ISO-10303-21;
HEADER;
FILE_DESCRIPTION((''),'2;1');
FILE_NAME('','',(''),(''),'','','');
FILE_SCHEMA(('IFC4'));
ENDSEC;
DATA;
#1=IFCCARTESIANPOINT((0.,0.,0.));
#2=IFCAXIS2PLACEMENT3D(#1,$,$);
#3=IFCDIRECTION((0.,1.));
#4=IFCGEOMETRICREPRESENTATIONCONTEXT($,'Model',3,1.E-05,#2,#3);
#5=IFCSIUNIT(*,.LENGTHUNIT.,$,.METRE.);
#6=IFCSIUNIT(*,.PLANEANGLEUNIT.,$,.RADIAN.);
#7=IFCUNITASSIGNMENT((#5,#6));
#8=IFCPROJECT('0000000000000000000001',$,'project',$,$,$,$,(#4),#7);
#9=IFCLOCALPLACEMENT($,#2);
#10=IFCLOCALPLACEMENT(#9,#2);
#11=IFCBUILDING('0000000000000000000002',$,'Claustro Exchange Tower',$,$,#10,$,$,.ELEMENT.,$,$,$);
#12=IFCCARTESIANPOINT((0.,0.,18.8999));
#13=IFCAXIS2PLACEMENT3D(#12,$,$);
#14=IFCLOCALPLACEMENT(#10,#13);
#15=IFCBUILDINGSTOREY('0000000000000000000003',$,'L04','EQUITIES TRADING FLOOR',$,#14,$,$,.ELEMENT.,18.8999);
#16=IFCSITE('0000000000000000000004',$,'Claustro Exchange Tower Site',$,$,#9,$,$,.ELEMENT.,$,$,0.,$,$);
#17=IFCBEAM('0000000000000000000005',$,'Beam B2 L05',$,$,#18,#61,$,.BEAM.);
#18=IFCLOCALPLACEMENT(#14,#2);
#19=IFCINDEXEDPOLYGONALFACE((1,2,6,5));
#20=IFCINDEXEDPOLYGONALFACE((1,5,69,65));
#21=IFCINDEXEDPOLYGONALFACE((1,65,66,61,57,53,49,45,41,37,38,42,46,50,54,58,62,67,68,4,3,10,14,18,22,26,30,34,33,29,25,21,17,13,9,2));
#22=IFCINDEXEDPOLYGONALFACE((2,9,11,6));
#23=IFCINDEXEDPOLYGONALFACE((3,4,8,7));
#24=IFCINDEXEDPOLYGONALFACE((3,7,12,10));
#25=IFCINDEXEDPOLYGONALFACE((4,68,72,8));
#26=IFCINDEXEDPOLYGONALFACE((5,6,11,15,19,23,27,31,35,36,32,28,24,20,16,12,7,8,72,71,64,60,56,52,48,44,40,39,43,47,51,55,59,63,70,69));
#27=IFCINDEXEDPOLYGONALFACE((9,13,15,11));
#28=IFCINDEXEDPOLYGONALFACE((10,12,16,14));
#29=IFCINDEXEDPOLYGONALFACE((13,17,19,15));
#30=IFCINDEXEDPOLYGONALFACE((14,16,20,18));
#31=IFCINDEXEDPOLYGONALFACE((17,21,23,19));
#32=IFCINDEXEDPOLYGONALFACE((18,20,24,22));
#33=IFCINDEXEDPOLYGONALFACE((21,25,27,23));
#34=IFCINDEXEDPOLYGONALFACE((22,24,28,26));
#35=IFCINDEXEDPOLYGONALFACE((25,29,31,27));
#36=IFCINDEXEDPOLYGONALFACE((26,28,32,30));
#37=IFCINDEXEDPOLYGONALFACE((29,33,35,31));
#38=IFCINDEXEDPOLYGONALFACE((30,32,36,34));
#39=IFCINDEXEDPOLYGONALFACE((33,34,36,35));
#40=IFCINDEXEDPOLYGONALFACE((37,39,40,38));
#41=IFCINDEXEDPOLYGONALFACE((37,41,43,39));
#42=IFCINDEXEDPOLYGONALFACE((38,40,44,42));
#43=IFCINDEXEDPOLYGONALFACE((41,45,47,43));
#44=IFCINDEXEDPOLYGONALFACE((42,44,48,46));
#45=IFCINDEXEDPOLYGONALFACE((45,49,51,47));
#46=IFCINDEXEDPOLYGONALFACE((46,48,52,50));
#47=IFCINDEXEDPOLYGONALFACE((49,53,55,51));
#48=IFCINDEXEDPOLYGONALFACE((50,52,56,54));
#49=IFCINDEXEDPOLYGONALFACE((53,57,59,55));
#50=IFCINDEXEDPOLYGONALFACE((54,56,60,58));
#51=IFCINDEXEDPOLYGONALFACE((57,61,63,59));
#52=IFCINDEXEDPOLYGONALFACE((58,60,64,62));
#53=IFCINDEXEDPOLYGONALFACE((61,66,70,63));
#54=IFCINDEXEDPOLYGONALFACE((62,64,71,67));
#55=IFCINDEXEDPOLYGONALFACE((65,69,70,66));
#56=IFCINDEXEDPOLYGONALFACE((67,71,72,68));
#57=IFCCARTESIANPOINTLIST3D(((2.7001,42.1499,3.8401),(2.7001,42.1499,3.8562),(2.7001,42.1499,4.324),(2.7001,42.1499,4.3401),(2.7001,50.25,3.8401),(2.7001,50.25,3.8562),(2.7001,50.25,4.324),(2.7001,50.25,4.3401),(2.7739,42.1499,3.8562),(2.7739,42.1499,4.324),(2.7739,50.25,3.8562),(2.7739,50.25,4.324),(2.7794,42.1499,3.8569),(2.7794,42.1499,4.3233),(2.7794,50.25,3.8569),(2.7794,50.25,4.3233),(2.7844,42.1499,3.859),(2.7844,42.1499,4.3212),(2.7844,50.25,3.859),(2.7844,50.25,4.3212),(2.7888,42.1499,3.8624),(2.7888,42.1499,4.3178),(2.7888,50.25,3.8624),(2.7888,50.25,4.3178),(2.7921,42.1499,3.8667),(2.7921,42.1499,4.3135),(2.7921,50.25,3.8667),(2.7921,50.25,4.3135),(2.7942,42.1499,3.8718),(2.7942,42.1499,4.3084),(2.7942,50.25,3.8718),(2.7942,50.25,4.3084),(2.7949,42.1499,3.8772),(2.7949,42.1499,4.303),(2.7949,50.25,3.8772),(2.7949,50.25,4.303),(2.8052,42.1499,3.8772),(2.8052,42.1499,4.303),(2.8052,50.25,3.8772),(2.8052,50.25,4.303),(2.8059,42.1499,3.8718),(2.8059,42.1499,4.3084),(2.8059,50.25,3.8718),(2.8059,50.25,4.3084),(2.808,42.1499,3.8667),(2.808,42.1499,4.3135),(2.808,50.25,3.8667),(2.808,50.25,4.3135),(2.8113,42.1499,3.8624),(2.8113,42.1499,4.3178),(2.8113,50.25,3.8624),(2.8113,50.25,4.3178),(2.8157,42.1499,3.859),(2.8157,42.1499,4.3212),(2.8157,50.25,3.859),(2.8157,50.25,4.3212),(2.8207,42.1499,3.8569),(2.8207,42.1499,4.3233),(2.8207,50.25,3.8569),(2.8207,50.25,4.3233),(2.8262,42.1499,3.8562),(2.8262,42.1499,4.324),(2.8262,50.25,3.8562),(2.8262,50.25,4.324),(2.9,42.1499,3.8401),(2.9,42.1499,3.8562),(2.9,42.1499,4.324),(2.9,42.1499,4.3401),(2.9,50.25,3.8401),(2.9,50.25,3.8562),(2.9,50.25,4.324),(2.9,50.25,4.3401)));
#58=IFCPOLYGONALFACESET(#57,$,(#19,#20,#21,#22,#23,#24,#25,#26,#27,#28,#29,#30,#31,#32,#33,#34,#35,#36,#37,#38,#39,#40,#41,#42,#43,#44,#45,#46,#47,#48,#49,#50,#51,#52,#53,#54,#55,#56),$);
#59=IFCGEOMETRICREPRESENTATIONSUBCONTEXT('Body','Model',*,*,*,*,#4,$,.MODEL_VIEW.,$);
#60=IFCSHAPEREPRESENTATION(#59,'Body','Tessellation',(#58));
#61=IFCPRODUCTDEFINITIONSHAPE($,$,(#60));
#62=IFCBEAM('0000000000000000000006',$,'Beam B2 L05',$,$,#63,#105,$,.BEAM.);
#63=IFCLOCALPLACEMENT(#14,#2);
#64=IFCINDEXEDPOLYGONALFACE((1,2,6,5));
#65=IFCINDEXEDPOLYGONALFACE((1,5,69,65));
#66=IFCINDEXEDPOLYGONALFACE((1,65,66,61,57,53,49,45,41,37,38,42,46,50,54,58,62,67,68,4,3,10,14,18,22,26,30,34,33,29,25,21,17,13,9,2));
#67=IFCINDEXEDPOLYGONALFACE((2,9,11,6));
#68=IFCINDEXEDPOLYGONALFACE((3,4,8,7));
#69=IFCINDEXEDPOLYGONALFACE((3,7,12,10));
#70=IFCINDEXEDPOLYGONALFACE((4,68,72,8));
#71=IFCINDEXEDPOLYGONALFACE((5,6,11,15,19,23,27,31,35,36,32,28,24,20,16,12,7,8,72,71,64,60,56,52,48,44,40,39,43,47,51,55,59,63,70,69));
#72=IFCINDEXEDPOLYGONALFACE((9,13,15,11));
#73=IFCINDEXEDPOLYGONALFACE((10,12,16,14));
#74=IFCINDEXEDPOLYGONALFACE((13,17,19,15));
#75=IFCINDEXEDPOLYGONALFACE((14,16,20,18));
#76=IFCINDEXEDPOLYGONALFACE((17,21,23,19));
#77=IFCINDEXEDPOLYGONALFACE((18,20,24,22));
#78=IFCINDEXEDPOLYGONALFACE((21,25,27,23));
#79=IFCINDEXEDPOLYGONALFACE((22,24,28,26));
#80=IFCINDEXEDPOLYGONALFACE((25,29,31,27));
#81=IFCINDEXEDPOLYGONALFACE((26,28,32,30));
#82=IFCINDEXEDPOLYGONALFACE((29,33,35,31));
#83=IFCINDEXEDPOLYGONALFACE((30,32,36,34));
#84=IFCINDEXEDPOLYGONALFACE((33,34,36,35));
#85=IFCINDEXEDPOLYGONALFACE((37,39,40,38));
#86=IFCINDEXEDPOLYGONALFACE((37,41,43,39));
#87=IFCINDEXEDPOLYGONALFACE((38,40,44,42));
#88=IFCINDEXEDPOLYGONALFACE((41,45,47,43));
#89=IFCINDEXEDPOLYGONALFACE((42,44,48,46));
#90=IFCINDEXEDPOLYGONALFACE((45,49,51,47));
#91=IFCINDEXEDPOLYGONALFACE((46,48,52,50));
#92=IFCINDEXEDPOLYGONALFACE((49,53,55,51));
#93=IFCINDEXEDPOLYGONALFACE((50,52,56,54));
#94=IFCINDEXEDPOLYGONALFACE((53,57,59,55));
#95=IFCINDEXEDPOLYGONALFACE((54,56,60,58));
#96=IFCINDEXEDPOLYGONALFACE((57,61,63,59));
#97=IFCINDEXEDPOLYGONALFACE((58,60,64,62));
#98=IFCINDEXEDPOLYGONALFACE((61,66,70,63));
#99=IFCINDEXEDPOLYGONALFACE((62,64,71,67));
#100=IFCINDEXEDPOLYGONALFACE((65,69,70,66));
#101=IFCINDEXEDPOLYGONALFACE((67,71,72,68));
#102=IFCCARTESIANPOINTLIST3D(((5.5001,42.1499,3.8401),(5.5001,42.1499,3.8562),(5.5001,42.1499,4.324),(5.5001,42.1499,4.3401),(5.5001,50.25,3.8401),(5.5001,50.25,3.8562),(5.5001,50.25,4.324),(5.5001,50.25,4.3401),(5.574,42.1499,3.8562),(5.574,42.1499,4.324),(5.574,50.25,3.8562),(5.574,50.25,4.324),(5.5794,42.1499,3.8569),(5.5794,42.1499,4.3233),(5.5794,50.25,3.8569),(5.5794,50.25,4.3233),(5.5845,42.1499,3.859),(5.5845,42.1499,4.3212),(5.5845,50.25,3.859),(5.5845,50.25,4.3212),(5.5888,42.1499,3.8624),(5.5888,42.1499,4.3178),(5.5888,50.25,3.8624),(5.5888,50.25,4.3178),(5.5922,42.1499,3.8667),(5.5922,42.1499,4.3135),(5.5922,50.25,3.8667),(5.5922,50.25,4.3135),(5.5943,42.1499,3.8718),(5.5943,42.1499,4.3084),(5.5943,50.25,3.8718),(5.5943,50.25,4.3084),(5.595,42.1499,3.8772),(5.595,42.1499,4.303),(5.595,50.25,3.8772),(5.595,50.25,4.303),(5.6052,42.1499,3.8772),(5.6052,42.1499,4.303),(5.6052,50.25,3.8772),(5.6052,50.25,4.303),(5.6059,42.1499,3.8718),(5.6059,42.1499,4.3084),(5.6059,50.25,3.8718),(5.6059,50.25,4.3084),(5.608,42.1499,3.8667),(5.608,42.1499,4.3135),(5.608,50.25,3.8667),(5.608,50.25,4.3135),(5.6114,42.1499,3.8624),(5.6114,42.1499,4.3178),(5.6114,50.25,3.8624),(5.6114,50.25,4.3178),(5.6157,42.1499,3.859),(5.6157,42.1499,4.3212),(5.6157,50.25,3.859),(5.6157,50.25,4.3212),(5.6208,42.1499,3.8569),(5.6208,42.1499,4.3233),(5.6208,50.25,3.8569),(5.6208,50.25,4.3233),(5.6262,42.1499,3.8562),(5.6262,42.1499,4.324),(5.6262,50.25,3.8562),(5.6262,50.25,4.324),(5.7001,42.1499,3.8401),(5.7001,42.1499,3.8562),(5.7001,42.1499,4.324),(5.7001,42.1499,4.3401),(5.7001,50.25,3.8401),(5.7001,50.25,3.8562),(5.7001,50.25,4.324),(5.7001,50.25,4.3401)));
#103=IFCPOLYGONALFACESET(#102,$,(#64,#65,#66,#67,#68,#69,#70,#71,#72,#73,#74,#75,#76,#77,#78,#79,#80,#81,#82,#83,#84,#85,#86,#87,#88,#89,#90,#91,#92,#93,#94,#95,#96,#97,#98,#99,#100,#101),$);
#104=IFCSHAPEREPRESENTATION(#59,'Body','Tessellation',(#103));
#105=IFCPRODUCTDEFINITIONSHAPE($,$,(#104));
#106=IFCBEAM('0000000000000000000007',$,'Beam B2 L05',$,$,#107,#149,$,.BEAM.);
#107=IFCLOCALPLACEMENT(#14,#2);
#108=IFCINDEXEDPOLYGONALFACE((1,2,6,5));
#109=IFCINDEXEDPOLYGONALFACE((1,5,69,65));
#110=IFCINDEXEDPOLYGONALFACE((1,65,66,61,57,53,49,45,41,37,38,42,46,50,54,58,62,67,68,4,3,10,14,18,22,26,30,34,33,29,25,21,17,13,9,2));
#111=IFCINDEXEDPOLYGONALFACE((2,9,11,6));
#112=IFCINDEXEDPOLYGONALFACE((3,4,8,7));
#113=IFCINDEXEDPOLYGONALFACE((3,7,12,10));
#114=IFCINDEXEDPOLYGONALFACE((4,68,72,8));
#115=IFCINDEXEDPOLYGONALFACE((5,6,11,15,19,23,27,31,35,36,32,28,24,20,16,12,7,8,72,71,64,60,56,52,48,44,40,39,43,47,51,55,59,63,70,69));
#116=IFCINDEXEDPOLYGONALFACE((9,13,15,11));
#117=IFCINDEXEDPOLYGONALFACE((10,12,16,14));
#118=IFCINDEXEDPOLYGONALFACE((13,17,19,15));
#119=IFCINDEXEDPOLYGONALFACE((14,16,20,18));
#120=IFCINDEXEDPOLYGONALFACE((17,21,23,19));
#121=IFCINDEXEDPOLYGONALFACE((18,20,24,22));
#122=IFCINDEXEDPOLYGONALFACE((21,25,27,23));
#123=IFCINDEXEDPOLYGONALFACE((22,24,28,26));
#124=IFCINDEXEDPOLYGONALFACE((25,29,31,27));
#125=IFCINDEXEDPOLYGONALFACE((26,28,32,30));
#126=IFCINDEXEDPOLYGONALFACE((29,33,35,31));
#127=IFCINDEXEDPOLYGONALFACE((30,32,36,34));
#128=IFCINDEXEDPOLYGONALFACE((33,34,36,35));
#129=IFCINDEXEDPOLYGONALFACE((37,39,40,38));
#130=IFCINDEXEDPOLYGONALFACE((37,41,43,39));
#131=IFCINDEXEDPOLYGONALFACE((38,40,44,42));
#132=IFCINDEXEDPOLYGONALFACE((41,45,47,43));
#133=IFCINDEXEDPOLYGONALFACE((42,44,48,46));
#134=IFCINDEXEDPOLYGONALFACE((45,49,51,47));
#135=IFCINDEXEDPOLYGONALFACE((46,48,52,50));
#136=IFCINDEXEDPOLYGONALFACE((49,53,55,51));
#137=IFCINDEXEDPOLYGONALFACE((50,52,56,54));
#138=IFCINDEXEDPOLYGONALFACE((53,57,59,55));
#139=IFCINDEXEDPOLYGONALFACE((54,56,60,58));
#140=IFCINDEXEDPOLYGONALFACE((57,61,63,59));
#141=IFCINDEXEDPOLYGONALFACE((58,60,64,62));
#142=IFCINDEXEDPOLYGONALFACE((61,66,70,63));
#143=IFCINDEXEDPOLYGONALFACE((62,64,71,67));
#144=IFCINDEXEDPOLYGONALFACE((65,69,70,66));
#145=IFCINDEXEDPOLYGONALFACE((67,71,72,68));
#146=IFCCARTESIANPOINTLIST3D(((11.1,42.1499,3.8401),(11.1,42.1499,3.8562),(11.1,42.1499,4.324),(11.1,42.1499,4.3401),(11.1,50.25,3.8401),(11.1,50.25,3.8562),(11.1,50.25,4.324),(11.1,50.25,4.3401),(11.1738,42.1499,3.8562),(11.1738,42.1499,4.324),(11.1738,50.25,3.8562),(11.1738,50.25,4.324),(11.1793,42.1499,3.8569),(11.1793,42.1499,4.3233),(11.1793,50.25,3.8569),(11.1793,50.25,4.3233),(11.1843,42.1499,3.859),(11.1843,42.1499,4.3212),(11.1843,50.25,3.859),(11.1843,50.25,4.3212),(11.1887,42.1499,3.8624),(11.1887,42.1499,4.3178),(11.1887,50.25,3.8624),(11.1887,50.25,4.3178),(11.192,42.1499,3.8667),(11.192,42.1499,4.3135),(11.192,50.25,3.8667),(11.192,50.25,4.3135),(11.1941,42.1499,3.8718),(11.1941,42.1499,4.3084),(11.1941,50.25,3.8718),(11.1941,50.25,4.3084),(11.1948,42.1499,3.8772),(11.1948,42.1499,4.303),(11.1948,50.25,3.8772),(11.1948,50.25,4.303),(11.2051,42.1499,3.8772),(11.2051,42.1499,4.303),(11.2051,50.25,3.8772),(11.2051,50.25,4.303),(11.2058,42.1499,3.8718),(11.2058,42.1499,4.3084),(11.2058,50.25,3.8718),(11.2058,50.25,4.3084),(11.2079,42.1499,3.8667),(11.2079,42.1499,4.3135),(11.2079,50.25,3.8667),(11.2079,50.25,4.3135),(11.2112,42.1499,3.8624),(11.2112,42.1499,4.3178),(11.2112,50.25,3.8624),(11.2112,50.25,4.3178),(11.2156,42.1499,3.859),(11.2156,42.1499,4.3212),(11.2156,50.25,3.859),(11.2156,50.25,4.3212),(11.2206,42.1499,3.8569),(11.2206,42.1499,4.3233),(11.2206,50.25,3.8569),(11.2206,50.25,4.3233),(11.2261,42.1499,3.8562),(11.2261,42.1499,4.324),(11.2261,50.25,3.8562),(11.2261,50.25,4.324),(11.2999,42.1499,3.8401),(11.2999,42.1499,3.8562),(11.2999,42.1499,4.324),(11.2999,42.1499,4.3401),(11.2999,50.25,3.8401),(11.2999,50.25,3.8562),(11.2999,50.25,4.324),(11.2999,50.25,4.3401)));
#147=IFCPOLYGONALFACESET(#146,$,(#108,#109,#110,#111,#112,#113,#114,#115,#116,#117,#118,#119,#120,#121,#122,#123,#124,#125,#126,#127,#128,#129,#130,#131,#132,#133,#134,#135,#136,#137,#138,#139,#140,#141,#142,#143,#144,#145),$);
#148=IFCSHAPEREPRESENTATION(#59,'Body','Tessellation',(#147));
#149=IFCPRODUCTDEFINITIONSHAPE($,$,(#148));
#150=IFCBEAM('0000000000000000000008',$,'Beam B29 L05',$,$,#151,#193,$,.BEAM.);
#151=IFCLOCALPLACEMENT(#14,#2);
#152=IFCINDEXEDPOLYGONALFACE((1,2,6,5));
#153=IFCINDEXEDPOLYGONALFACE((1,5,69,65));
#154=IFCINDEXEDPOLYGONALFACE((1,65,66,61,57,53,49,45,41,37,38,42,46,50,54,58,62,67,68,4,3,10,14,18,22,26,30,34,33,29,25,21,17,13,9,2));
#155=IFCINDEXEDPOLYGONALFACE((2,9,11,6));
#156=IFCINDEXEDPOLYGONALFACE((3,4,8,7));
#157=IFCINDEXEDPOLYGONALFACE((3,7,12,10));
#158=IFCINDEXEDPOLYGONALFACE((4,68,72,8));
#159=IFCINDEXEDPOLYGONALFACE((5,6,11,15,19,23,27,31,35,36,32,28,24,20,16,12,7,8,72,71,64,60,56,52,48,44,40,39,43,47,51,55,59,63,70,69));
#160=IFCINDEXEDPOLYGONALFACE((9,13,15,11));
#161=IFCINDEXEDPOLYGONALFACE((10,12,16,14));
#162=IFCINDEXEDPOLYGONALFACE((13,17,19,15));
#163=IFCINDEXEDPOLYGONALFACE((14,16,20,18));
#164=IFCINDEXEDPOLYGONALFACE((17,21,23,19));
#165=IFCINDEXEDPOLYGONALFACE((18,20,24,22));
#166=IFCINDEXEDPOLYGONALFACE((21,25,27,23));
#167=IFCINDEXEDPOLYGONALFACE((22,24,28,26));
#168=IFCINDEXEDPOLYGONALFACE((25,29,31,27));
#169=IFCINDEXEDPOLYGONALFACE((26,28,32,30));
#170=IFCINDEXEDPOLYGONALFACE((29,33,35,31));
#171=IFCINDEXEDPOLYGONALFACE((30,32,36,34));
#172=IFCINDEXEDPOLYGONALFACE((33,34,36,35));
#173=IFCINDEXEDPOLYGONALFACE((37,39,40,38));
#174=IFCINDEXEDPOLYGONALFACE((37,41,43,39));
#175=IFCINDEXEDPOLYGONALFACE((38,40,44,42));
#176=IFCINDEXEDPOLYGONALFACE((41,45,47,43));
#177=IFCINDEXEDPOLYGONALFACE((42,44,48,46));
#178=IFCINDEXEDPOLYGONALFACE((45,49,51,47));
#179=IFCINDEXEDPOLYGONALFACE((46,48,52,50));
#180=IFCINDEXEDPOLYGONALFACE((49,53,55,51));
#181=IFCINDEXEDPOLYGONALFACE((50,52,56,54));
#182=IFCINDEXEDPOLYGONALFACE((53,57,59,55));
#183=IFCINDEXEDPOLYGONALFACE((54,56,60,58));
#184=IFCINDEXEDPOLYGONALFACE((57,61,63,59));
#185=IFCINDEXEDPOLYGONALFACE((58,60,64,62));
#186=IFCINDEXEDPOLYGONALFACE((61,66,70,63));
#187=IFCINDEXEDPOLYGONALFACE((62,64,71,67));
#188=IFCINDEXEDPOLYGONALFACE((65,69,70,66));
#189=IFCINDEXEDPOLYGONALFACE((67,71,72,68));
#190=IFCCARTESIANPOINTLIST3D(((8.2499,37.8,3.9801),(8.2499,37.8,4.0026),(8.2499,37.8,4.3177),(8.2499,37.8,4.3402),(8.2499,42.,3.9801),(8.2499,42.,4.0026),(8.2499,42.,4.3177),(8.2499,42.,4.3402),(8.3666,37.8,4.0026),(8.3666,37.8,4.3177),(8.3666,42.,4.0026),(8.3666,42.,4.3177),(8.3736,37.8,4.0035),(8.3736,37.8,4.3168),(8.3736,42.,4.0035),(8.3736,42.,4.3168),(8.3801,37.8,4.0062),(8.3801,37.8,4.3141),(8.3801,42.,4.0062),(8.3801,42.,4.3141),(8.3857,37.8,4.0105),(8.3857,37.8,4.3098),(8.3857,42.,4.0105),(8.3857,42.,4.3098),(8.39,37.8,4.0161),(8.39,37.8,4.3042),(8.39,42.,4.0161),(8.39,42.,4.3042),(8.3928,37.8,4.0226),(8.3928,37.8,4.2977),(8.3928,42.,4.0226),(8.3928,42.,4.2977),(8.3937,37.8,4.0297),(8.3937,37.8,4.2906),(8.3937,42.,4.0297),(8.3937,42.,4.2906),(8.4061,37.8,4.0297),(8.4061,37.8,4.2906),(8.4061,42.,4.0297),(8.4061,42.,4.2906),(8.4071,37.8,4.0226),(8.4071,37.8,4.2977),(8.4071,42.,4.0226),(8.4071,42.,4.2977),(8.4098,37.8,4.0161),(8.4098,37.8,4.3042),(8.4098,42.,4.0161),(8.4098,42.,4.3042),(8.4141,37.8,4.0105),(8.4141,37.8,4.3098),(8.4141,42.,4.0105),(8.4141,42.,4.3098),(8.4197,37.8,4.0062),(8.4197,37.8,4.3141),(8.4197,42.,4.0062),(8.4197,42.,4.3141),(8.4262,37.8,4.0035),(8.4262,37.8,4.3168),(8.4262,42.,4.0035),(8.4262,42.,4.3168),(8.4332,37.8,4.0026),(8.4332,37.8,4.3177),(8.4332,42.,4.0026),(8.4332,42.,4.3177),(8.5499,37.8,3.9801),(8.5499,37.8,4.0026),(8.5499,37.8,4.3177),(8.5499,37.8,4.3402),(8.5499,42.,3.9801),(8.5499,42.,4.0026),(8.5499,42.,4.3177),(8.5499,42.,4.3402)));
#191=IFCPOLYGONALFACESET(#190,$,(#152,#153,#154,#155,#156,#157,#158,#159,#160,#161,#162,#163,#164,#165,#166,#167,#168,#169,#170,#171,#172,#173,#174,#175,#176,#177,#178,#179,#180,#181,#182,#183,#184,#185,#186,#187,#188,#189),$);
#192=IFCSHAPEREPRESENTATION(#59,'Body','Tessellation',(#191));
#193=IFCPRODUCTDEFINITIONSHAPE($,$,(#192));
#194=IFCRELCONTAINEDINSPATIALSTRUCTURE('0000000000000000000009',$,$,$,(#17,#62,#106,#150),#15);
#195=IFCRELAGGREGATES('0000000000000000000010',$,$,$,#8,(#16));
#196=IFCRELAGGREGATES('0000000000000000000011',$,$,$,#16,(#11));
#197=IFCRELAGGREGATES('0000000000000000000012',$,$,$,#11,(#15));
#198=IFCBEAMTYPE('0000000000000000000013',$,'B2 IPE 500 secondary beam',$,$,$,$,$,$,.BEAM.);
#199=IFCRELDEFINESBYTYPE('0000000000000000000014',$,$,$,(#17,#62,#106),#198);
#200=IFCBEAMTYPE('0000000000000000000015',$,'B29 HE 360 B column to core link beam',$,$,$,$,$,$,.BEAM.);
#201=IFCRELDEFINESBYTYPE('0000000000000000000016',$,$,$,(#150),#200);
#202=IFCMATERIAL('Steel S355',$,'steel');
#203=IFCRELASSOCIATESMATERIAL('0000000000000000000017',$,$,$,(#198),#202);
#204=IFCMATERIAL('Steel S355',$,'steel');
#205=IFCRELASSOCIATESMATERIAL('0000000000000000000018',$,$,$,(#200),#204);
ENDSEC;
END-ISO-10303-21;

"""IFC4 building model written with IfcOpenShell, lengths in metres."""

from ifc_helpers import new_model, si_unit, direction, frame, origin, origin_2d, place, context, subcontext, project, spatial, i_section, extrude, material, material_profile, profile_set, type_object, element, save


model = new_model("IFC4")

# Units and contexts
model_context = context("Model", 3, precision=1e-05, world=origin(), true_north=direction((0.0, 1.0)))
body_context = subcontext(model_context, "Body", "Model", "MODEL_VIEW")
ifc_project = project(units=[si_unit("LENGTHUNIT", "METRE"), si_unit("PLANEANGLEUNIT", "RADIAN")], contexts=[model_context])

# Site, building, storey
site_placement = place(None, origin())
site = spatial("IfcSite", under=ifc_project, at=site_placement, Name="Claustro Exchange Tower Site", CompositionType="ELEMENT", RefElevation=0.0)
building_placement = place(site_placement, origin())
building = spatial("IfcBuilding", under=site, at=building_placement, Name="Claustro Exchange Tower", CompositionType="ELEMENT")
storey_placement = place(building_placement, frame((0.0, 0.0, 18.8999)))
storey = spatial("IfcBuildingStorey", under=building, at=storey_placement, Name="L04", Description="EQUITIES TRADING FLOOR", CompositionType="ELEMENT", Elevation=18.8999)

# Beams
ifc_material_1 = material(Name="Steel S355", Category="steel")
ifc_material_profile_1 = material_profile(ifc_material_1, i_section(OverallWidth=0.2, OverallDepth=0.5, WebThickness=0.0103, FlangeThickness=0.0161, FilletRadius=0.021, at=origin_2d()), Name="IPE 500")
ifc_profile_set_1 = profile_set([ifc_material_profile_1], Name="Steel S355")
beam_type_1 = type_object("IfcBeamType", Name="B2 IPE 500 secondary beam", PredefinedType="BEAM", material=ifc_profile_set_1)
for number, where, z_axis, x_axis, name in (
    (1, (2.8, 42.1499, 4.0901), (0.0, 1.0, 0.0), (-1.0, 0.0, 0.0), "Beam B2 L05"),
    (2, (5.6001, 42.1499, 4.0901), (0.0, 1.0, 0.0), (-1.0, 0.0, 0.0), "Beam B2 L05"),
    (3, (11.2, 42.1499, 4.0901), (0.0, 1.0, 0.0), (-1.0, 0.0, 0.0), "Beam B2 L05"),
):
    element("IfcBeam", number, at=place(storey_placement, frame(where, z_axis=z_axis, x_axis=x_axis)), inside=storey, type_object=beam_type_1, Name=name, PredefinedType="BEAM", context=body_context, shape_type="SweptSolid", body=[
        extrude(i_section(OverallWidth=0.2, OverallDepth=0.5, WebThickness=0.0103, FlangeThickness=0.0161, FilletRadius=0.021, at=origin_2d()), origin(), (0.0, 0.0, 1.0), 8.1001),
    ])
ifc_material_2 = material(Name="Steel S355", Category="steel")
ifc_material_profile_2 = material_profile(ifc_material_2, i_section(OverallWidth=0.3, OverallDepth=0.3601, WebThickness=0.0125, FlangeThickness=0.0225, FilletRadius=0.0271, at=origin_2d()), Name="HE 360 B")
ifc_profile_set_2 = profile_set([ifc_material_profile_2], Name="Steel S355")
beam_type_2 = type_object("IfcBeamType", Name="B29 HE 360 B column to core link beam", PredefinedType="BEAM", material=ifc_profile_set_2)
for number, where, z_axis, x_axis, name in (
    (4, (8.3999, 37.8, 4.1602), (0.0, 1.0, 0.0), (-1.0, 0.0, 0.0), "Beam B29 L05"),
):
    element("IfcBeam", number, at=place(storey_placement, frame(where, z_axis=z_axis, x_axis=x_axis)), inside=storey, type_object=beam_type_2, Name=name, PredefinedType="BEAM", context=body_context, shape_type="SweptSolid", body=[
        extrude(i_section(OverallWidth=0.3, OverallDepth=0.3601, WebThickness=0.0125, FlangeThickness=0.0225, FilletRadius=0.0271, at=origin_2d()), origin(), (0.0, 0.0, 1.0), 4.2),
    ])

save(model, "model.ifc")
